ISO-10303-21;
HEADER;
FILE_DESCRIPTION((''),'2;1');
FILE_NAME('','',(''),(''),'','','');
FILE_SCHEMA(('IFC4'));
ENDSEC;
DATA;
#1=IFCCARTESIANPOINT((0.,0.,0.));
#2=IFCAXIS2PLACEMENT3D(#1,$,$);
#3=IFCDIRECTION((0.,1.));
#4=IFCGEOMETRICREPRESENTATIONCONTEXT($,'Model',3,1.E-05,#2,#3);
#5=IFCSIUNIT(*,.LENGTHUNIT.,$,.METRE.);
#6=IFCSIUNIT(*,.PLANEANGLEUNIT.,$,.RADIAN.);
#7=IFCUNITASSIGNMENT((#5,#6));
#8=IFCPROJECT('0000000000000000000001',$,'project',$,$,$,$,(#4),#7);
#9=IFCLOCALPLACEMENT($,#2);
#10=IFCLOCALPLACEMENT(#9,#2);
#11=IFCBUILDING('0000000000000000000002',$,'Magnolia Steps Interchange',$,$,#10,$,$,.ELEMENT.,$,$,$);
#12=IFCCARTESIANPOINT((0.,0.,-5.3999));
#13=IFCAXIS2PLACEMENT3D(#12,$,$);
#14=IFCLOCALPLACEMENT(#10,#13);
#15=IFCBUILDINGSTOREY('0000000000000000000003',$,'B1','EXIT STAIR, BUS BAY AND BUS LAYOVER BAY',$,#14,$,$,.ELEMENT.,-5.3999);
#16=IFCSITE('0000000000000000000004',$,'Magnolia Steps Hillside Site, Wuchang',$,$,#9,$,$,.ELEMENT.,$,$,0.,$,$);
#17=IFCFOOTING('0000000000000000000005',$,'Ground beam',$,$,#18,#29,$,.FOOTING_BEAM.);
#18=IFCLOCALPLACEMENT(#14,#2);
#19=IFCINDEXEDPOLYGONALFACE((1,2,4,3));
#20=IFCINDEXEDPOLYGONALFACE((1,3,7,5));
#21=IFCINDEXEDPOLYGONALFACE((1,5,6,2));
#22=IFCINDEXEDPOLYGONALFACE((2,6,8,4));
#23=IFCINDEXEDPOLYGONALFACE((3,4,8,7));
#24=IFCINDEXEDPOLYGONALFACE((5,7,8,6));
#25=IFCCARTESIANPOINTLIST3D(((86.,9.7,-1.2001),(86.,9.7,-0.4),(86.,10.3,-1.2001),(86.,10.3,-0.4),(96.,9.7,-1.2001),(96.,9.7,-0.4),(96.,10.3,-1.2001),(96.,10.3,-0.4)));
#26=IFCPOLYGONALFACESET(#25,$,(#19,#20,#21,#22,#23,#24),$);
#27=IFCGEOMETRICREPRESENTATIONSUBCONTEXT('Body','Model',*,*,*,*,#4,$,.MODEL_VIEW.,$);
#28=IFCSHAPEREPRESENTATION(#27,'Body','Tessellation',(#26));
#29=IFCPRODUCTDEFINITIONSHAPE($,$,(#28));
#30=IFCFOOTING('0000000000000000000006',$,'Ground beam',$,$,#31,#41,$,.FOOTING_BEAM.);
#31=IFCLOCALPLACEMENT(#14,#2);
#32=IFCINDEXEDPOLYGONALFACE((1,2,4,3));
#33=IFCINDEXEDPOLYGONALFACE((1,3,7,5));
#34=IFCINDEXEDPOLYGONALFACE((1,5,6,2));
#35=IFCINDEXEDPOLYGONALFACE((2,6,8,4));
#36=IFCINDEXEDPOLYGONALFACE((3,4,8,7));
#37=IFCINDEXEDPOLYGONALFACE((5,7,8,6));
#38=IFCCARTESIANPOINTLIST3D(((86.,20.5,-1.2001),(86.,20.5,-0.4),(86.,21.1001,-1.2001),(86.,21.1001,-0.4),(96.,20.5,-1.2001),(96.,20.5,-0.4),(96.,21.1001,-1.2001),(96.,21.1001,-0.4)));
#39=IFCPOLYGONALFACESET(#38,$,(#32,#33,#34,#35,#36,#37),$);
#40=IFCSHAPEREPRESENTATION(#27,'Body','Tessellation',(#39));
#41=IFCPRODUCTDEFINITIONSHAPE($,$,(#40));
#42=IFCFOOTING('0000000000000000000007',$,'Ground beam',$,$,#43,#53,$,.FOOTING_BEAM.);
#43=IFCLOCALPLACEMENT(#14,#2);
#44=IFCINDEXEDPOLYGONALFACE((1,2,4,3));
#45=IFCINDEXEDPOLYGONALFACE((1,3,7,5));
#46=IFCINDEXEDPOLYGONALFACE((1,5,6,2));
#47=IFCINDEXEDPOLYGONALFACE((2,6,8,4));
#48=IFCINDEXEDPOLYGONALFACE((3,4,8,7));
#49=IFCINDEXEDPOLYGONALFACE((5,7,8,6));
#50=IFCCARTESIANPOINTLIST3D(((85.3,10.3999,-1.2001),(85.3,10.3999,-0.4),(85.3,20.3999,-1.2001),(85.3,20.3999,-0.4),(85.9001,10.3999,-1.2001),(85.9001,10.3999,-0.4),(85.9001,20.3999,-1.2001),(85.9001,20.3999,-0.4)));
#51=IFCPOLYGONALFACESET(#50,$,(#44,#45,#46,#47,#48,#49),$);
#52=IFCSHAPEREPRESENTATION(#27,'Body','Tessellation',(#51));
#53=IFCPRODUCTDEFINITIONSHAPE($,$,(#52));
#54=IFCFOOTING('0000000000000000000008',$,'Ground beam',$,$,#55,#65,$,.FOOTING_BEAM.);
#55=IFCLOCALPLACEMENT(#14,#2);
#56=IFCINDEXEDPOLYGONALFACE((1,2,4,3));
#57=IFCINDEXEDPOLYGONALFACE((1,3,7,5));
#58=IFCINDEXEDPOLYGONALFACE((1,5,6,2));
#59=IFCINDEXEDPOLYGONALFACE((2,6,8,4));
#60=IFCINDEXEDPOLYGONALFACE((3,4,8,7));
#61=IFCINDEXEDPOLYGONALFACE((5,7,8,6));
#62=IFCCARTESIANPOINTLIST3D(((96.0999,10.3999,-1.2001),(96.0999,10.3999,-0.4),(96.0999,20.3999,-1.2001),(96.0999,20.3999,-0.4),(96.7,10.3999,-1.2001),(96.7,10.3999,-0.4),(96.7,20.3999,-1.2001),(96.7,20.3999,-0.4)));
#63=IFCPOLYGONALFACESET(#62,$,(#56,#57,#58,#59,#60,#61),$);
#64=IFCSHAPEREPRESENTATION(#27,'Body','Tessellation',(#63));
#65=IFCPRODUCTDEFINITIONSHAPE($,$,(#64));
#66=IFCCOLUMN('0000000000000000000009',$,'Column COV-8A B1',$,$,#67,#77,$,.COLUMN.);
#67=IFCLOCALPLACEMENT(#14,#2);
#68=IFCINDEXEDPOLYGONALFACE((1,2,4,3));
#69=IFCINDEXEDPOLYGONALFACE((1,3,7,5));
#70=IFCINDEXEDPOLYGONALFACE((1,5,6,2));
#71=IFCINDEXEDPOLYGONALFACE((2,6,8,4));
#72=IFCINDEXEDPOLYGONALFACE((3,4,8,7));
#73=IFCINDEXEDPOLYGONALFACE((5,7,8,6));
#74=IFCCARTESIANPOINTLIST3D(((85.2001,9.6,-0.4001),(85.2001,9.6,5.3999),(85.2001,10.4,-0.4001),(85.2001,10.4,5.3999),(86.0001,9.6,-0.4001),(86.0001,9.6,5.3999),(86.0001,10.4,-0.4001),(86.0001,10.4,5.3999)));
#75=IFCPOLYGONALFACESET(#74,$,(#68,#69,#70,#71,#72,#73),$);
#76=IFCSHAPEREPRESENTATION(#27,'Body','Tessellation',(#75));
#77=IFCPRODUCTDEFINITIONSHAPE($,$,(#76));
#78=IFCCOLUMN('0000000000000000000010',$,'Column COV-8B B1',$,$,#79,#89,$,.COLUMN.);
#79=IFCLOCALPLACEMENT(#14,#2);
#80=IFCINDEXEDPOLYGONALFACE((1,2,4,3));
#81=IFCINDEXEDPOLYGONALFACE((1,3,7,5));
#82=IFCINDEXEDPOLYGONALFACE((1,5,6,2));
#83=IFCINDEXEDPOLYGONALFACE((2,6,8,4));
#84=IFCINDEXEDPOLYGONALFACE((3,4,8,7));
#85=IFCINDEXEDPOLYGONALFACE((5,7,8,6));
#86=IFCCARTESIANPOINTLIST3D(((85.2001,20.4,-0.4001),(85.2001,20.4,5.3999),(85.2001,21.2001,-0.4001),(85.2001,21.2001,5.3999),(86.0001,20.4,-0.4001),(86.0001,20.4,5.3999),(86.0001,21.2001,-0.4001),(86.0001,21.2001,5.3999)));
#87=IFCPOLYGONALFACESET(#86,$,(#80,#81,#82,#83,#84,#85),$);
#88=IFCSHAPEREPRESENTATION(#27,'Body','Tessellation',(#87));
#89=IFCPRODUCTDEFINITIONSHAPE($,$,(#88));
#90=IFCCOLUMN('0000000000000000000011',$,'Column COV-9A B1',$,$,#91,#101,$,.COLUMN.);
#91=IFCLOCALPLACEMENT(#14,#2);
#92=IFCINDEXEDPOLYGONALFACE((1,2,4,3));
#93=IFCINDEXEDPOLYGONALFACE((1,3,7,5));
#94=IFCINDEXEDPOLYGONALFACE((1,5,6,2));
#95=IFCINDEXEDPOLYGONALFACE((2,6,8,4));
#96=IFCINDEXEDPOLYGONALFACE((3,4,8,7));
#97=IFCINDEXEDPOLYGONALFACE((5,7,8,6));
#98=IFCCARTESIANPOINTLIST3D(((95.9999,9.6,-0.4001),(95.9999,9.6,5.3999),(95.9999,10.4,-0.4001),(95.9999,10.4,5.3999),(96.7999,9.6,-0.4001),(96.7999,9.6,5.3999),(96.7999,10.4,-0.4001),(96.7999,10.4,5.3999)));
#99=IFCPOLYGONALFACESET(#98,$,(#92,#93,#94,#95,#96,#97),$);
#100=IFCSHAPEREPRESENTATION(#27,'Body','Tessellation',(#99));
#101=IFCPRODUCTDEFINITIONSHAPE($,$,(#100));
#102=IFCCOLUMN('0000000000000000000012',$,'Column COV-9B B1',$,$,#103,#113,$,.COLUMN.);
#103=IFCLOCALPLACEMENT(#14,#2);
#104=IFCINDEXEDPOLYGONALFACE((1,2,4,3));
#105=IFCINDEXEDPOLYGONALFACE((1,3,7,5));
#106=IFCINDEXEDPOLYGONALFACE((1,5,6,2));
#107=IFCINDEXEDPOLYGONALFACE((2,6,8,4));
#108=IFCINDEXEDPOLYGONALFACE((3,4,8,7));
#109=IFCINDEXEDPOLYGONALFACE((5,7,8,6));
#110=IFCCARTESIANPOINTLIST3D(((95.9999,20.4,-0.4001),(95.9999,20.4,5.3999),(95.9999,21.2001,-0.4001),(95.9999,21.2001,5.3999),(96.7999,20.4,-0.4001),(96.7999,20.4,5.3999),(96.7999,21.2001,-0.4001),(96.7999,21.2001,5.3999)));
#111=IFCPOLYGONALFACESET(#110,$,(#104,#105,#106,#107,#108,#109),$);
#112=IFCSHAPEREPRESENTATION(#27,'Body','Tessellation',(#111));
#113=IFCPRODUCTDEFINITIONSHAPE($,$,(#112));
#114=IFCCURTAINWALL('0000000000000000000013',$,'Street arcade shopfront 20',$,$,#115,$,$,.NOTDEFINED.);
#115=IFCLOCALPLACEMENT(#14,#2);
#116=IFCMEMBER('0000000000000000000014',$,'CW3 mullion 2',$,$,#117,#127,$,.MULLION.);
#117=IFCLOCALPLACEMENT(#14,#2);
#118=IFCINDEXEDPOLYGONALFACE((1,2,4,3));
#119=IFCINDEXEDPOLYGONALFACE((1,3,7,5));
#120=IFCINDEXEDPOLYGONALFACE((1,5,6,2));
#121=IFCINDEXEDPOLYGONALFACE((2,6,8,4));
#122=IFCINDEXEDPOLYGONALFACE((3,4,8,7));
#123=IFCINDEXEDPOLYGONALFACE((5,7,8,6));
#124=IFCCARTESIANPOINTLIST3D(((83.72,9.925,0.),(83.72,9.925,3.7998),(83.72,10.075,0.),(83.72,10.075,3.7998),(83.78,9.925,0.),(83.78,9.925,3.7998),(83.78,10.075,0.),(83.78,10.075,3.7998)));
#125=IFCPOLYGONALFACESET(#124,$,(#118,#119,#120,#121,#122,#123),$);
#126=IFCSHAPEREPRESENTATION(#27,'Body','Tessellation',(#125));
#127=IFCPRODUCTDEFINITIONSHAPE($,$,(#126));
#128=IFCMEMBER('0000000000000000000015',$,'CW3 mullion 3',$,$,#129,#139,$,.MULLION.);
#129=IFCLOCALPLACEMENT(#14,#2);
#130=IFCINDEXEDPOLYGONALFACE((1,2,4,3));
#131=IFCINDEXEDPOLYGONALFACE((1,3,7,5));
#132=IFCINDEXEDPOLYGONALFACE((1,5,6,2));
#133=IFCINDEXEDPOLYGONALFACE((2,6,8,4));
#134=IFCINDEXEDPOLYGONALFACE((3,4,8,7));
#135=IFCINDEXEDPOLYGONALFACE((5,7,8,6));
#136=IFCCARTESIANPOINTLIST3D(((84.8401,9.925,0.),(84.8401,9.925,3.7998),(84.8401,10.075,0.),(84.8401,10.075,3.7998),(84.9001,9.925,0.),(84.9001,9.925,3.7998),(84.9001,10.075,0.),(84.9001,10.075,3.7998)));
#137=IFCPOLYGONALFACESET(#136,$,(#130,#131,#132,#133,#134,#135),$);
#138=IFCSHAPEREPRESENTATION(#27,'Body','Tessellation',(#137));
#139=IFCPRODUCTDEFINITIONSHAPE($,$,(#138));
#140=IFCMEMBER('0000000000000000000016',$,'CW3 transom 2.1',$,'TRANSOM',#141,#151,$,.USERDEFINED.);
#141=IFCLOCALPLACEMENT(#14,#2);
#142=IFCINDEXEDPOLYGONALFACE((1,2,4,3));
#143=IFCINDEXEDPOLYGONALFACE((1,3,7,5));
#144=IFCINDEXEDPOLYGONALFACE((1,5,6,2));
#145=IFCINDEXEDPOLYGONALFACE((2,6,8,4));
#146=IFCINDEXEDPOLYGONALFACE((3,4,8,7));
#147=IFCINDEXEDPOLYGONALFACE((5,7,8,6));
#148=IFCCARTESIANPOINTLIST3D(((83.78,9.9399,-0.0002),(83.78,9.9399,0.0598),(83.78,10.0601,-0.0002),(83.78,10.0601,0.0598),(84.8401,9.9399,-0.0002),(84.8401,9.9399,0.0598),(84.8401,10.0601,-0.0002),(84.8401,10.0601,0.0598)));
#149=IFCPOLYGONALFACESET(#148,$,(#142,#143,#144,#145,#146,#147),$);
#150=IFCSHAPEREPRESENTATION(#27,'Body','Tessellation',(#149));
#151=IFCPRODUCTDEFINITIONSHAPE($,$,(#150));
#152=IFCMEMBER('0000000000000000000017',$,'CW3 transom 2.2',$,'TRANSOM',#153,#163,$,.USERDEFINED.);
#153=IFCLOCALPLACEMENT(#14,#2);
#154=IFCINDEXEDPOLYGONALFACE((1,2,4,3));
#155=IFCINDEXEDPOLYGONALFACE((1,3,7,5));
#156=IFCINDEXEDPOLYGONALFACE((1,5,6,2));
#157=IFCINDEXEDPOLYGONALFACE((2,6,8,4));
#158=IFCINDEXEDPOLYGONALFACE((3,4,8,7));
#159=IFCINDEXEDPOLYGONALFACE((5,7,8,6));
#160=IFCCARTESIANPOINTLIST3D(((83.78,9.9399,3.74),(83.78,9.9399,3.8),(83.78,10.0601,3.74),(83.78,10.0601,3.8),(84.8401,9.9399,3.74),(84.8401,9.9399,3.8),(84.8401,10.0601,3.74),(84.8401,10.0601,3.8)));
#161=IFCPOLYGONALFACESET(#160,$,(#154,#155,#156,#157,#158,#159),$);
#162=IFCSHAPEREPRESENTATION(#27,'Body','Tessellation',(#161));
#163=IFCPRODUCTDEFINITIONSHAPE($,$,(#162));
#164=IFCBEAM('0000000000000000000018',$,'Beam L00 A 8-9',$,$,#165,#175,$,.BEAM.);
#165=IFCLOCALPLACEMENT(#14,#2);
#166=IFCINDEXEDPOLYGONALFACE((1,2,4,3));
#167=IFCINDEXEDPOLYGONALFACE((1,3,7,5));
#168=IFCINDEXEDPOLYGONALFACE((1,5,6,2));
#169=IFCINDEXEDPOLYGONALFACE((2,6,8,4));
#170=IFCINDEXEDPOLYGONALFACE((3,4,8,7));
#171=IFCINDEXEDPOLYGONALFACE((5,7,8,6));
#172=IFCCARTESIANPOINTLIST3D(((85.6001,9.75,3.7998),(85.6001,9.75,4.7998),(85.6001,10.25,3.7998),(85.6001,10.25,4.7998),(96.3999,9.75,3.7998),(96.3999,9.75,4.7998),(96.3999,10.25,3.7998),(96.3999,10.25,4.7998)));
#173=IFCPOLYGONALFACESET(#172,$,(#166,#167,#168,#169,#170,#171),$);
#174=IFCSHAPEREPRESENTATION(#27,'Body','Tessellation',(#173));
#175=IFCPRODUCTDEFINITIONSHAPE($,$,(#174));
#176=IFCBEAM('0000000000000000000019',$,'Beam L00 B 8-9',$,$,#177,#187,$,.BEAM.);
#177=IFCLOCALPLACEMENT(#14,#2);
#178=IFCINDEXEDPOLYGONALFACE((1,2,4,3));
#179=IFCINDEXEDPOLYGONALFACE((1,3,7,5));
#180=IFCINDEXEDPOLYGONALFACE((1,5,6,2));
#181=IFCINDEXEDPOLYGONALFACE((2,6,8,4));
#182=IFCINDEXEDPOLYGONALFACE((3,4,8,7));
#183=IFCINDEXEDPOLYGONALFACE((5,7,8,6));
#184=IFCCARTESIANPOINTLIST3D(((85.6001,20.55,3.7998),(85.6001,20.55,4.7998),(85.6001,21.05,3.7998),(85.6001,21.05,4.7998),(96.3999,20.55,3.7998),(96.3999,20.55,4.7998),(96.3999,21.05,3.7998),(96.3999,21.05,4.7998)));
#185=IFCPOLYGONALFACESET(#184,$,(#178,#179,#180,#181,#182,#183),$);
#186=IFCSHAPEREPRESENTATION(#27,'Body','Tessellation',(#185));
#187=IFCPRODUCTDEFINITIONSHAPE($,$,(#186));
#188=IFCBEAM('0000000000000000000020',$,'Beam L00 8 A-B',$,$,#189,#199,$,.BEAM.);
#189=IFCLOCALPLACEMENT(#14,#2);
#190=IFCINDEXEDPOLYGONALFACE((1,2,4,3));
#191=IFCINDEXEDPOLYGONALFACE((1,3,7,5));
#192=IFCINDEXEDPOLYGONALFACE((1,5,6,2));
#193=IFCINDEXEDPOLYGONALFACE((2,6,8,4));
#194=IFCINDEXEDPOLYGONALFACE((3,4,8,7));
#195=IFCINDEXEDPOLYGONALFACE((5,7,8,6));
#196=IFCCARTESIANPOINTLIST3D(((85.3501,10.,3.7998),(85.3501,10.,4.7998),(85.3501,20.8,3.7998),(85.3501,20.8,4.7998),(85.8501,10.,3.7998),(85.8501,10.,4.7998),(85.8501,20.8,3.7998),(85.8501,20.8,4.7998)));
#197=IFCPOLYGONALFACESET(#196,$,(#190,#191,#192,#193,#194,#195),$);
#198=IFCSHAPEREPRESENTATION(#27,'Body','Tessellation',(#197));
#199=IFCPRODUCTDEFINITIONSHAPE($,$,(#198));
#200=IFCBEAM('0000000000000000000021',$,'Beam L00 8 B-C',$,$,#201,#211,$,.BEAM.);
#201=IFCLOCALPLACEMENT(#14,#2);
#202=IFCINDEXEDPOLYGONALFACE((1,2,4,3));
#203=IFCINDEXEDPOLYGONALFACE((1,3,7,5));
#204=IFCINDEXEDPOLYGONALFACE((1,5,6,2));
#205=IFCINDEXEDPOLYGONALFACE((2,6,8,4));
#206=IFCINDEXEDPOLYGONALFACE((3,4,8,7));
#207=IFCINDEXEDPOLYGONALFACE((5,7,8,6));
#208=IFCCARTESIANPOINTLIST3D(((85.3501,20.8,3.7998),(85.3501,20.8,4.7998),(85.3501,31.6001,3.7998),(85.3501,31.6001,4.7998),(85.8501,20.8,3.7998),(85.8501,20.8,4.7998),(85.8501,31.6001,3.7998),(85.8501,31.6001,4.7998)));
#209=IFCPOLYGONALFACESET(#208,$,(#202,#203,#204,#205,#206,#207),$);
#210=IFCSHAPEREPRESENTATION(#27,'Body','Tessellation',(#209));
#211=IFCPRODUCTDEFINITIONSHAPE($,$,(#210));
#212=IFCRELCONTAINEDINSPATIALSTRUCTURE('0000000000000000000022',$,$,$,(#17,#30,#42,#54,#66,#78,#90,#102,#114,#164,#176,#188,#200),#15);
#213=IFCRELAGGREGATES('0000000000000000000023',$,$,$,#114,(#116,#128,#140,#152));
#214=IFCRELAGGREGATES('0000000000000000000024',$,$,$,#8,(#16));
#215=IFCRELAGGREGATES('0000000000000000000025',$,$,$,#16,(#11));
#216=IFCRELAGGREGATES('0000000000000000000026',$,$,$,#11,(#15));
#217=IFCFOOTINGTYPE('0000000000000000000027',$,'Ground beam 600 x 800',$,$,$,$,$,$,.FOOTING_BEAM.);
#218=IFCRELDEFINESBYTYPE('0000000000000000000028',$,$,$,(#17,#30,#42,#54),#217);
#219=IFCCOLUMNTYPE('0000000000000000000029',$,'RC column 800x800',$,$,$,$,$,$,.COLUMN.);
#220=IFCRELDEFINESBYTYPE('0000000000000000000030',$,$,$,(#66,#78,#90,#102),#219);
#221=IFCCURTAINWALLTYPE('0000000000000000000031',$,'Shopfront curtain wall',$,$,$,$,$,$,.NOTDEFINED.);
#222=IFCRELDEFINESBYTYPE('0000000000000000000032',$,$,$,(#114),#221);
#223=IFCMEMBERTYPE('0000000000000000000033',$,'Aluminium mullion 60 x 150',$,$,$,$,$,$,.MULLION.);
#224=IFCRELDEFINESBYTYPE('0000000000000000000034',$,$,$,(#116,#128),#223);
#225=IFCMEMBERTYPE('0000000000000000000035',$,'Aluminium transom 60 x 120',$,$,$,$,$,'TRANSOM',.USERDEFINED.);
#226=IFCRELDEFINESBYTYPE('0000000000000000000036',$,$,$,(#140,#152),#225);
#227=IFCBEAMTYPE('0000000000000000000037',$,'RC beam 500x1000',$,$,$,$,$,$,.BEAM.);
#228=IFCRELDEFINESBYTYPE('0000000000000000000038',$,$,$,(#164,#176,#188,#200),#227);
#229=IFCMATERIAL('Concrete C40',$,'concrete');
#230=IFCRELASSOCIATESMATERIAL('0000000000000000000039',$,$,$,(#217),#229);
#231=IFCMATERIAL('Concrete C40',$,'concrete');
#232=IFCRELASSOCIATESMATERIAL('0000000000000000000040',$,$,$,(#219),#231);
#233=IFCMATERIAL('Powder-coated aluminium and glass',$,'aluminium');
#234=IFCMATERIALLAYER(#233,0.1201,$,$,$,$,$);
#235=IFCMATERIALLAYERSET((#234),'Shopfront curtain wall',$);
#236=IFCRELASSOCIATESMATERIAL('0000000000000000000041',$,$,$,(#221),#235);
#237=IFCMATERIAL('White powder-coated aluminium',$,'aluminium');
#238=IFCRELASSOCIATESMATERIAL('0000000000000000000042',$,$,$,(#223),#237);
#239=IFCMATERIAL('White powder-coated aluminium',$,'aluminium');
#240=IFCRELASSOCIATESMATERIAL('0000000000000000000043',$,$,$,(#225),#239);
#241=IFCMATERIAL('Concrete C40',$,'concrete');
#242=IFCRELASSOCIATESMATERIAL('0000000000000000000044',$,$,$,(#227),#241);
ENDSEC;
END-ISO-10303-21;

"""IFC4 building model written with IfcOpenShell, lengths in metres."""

from ifc_helpers import new_model, si_unit, direction, frame, origin, origin_2d, place, context, subcontext, project, spatial, rectangle, extrude, material, layer, layer_set, material_profile, profile_set, type_object, element, aggregate, save


model = new_model("IFC4")

# Units and contexts
model_context = context("Model", 3, precision=1e-05, world=origin(), true_north=direction((0.0, 1.0)))
body_context = subcontext(model_context, "Body", "Model", "MODEL_VIEW")
ifc_project = project(units=[si_unit("LENGTHUNIT", "METRE"), si_unit("PLANEANGLEUNIT", "RADIAN")], contexts=[model_context])

# Site, building, storey
site_placement = place(None, origin())
site = spatial("IfcSite", under=ifc_project, at=site_placement, Name="Magnolia Steps Hillside Site, Wuchang", CompositionType="ELEMENT", RefElevation=0.0)
building_placement = place(site_placement, origin())
building = spatial("IfcBuilding", under=site, at=building_placement, Name="Magnolia Steps Interchange", CompositionType="ELEMENT")
storey_placement = place(building_placement, frame((0.0, 0.0, -5.3999)))
storey = spatial("IfcBuildingStorey", under=building, at=storey_placement, Name="B1", Description="EXIT STAIR, BUS BAY AND BUS LAYOVER BAY", CompositionType="ELEMENT", Elevation=-5.3999)

# Footings
ifc_material_1 = material(Name="Concrete C40", Category="concrete")
ifc_material_profile_1 = material_profile(ifc_material_1, rectangle(XDim=0.6001, YDim=0.8, at=origin_2d()), Name="RC600x800")
ifc_profile_set_1 = profile_set([ifc_material_profile_1], Name="Concrete C40")
footing_type = type_object("IfcFootingType", Name="Ground beam 600 x 800", PredefinedType="FOOTING_BEAM", material=ifc_profile_set_1)
for number, where, z_axis, x_axis, name in (
    (1, (86.0, 10.0, -0.8), (1.0, 0.0, 0.0), (0.0, 1.0, 0.0), "Ground beam"),
    (2, (86.0, 20.8, -0.8), (1.0, 0.0, 0.0), (0.0, 1.0, 0.0), "Ground beam"),
    (3, (85.6001, 10.3999, -0.8), (0.0, 1.0, 0.0), (-1.0, 0.0, 0.0), "Ground beam"),
    (4, (96.3999, 10.3999, -0.8), (0.0, 1.0, 0.0), (-1.0, 0.0, 0.0), "Ground beam"),
):
    element("IfcFooting", number, at=place(storey_placement, frame(where, z_axis=z_axis, x_axis=x_axis)), inside=storey, type_object=footing_type, Name=name, PredefinedType="FOOTING_BEAM", context=body_context, shape_type="SweptSolid", body=[
        extrude(rectangle(XDim=0.6001, YDim=0.8, at=origin_2d()), origin(), (0.0, 0.0, 1.0), 10.0),
    ])

# Columns
ifc_material_2 = material(Name="Concrete C40", Category="concrete")
ifc_material_profile_2 = material_profile(ifc_material_2, rectangle(XDim=0.8, YDim=0.8, at=origin_2d()), Name="RC800x800")
ifc_profile_set_2 = profile_set([ifc_material_profile_2], Name="Concrete C40")
column_type = type_object("IfcColumnType", Name="RC column 800x800", PredefinedType="COLUMN", material=ifc_profile_set_2)
for number, where, z_axis, x_axis, name in (
    (5, (85.6001, 10.0, -0.4001), (0.0, 0.0, 1.0), (1.0, 0.0, 0.0), "Column COV-8A B1"),
    (6, (85.6001, 20.8, -0.4001), (0.0, 0.0, 1.0), (1.0, 0.0, 0.0), "Column COV-8B B1"),
    (7, (96.3999, 10.0, -0.4001), (0.0, 0.0, 1.0), (1.0, 0.0, 0.0), "Column COV-9A B1"),
    (8, (96.3999, 20.8, -0.4001), (0.0, 0.0, 1.0), (1.0, 0.0, 0.0), "Column COV-9B B1"),
):
    element("IfcColumn", number, at=place(storey_placement, frame(where, z_axis=z_axis, x_axis=x_axis)), inside=storey, type_object=column_type, Name=name, PredefinedType="COLUMN", context=body_context, shape_type="SweptSolid", body=[
        extrude(rectangle(XDim=0.8, YDim=0.8, at=origin_2d()), origin(), (0.0, 0.0, 1.0), 5.8),
    ])

# Curtain wall, members
ifc_material_3 = material(Name="Powder-coated aluminium and glass", Category="aluminium")
ifc_layer_1 = layer(ifc_material_3, 0.1201)
ifc_layer_set_1 = layer_set([ifc_layer_1], Name="Shopfront curtain wall")
curtain_wall_type = type_object("IfcCurtainWallType", Name="Shopfront curtain wall", PredefinedType="NOTDEFINED", material=ifc_layer_set_1)
curtain_wall_placement = place(storey_placement, origin())
curtain_wall = element("IfcCurtainWall", 9, at=curtain_wall_placement, inside=storey, type_object=curtain_wall_type, Name="Street arcade shopfront 20", PredefinedType="NOTDEFINED")
ifc_material_4 = material(Name="White powder-coated aluminium", Category="aluminium")
ifc_material_profile_3 = material_profile(ifc_material_4, rectangle(XDim=0.0601, YDim=0.1499, at=origin_2d()), Name="Aluminium mullion 60 x 150")
ifc_profile_set_3 = profile_set([ifc_material_profile_3], Name="White powder-coated aluminium")
member_type_1 = type_object("IfcMemberType", Name="Aluminium mullion 60 x 150", PredefinedType="MULLION", material=ifc_profile_set_3)
member_1_placement = place(storey_placement, frame((83.75, 10.0, 0.0), z_axis=(0.0, 0.0, 1.0), x_axis=(1.0, 0.0, 0.0)))
member_1 = element("IfcMember", 10, at=member_1_placement, type_object=member_type_1, Name="CW3 mullion 2", PredefinedType="MULLION", context=body_context, shape_type="SweptSolid", body=[
    extrude(rectangle(XDim=0.0601, YDim=0.1499, at=origin_2d()), origin(), (0.0, 0.0, 1.0), 3.7998),
])
member_2_placement = place(storey_placement, frame((84.8701, 10.0, 0.0), z_axis=(0.0, 0.0, 1.0), x_axis=(1.0, 0.0, 0.0)))
member_2 = element("IfcMember", 11, at=member_2_placement, type_object=member_type_1, Name="CW3 mullion 3", PredefinedType="MULLION", context=body_context, shape_type="SweptSolid", body=[
    extrude(rectangle(XDim=0.0601, YDim=0.1499, at=origin_2d()), origin(), (0.0, 0.0, 1.0), 3.7998),
])
ifc_material_5 = material(Name="White powder-coated aluminium", Category="aluminium")
ifc_material_profile_4 = material_profile(ifc_material_5, rectangle(XDim=0.0601, YDim=0.1201, at=origin_2d()), Name="Aluminium transom 60 x 120")
ifc_profile_set_4 = profile_set([ifc_material_profile_4], Name="White powder-coated aluminium")
member_type_2 = type_object("IfcMemberType", Name="Aluminium transom 60 x 120", ElementType="TRANSOM", PredefinedType="USERDEFINED", material=ifc_profile_set_4)
member_3_placement = place(storey_placement, frame((83.78, 10.0, 0.0298), z_axis=(1.0, 0.0, 0.0), x_axis=(0.0, 0.0, 1.0)))
member_3 = element("IfcMember", 12, at=member_3_placement, type_object=member_type_2, Name="CW3 transom 2.1", ObjectType="TRANSOM", PredefinedType="USERDEFINED", context=body_context, shape_type="SweptSolid", body=[
    extrude(rectangle(XDim=0.0601, YDim=0.1201, at=origin_2d()), origin(), (0.0, 0.0, 1.0), 1.0601),
])
member_4_placement = place(storey_placement, frame((83.78, 10.0, 3.77), z_axis=(1.0, 0.0, 0.0), x_axis=(0.0, 0.0, 1.0)))
member_4 = element("IfcMember", 13, at=member_4_placement, type_object=member_type_2, Name="CW3 transom 2.2", ObjectType="TRANSOM", PredefinedType="USERDEFINED", context=body_context, shape_type="SweptSolid", body=[
    extrude(rectangle(XDim=0.0601, YDim=0.1201, at=origin_2d()), origin(), (0.0, 0.0, 1.0), 1.0601),
])

# Beams
ifc_material_6 = material(Name="Concrete C40", Category="concrete")
ifc_material_profile_5 = material_profile(ifc_material_6, rectangle(XDim=0.5, YDim=1.0, at=origin_2d()), Name="RC500x1000")
ifc_profile_set_5 = profile_set([ifc_material_profile_5], Name="Concrete C40")
beam_type = type_object("IfcBeamType", Name="RC beam 500x1000", PredefinedType="BEAM", material=ifc_profile_set_5)
for number, where, z_axis, x_axis, name in (
    (14, (85.6001, 10.0, 4.2998), (1.0, 0.0, 0.0), (0.0, 1.0, 0.0), "Beam L00 A 8-9"),
    (15, (85.6001, 20.8, 4.2998), (1.0, 0.0, 0.0), (0.0, 1.0, 0.0), "Beam L00 B 8-9"),
):
    element("IfcBeam", number, at=place(storey_placement, frame(where, z_axis=z_axis, x_axis=x_axis)), inside=storey, type_object=beam_type, Name=name, PredefinedType="BEAM", context=body_context, shape_type="SweptSolid", body=[
        extrude(rectangle(XDim=0.5, YDim=1.0, at=origin_2d()), origin(), (0.0, 0.0, 1.0), 10.7998),
    ])
for number, where, z_axis, x_axis, name in (
    (16, (85.6001, 10.0, 4.2998), (0.0, 1.0, 0.0), (-1.0, 0.0, 0.0), "Beam L00 8 A-B"),
    (17, (85.6001, 20.8, 4.2998), (0.0, 1.0, 0.0), (-1.0, 0.0, 0.0), "Beam L00 8 B-C"),
):
    element("IfcBeam", number, at=place(storey_placement, frame(where, z_axis=z_axis, x_axis=x_axis)), inside=storey, type_object=beam_type, Name=name, PredefinedType="BEAM", context=body_context, shape_type="SweptSolid", body=[
        extrude(rectangle(XDim=0.5, YDim=1.0, at=origin_2d()), origin(), (0.0, 0.0, 1.0), 10.8),
    ])

aggregate(curtain_wall, [member_1, member_2, member_3, member_4])

save(model, "model.ifc")
